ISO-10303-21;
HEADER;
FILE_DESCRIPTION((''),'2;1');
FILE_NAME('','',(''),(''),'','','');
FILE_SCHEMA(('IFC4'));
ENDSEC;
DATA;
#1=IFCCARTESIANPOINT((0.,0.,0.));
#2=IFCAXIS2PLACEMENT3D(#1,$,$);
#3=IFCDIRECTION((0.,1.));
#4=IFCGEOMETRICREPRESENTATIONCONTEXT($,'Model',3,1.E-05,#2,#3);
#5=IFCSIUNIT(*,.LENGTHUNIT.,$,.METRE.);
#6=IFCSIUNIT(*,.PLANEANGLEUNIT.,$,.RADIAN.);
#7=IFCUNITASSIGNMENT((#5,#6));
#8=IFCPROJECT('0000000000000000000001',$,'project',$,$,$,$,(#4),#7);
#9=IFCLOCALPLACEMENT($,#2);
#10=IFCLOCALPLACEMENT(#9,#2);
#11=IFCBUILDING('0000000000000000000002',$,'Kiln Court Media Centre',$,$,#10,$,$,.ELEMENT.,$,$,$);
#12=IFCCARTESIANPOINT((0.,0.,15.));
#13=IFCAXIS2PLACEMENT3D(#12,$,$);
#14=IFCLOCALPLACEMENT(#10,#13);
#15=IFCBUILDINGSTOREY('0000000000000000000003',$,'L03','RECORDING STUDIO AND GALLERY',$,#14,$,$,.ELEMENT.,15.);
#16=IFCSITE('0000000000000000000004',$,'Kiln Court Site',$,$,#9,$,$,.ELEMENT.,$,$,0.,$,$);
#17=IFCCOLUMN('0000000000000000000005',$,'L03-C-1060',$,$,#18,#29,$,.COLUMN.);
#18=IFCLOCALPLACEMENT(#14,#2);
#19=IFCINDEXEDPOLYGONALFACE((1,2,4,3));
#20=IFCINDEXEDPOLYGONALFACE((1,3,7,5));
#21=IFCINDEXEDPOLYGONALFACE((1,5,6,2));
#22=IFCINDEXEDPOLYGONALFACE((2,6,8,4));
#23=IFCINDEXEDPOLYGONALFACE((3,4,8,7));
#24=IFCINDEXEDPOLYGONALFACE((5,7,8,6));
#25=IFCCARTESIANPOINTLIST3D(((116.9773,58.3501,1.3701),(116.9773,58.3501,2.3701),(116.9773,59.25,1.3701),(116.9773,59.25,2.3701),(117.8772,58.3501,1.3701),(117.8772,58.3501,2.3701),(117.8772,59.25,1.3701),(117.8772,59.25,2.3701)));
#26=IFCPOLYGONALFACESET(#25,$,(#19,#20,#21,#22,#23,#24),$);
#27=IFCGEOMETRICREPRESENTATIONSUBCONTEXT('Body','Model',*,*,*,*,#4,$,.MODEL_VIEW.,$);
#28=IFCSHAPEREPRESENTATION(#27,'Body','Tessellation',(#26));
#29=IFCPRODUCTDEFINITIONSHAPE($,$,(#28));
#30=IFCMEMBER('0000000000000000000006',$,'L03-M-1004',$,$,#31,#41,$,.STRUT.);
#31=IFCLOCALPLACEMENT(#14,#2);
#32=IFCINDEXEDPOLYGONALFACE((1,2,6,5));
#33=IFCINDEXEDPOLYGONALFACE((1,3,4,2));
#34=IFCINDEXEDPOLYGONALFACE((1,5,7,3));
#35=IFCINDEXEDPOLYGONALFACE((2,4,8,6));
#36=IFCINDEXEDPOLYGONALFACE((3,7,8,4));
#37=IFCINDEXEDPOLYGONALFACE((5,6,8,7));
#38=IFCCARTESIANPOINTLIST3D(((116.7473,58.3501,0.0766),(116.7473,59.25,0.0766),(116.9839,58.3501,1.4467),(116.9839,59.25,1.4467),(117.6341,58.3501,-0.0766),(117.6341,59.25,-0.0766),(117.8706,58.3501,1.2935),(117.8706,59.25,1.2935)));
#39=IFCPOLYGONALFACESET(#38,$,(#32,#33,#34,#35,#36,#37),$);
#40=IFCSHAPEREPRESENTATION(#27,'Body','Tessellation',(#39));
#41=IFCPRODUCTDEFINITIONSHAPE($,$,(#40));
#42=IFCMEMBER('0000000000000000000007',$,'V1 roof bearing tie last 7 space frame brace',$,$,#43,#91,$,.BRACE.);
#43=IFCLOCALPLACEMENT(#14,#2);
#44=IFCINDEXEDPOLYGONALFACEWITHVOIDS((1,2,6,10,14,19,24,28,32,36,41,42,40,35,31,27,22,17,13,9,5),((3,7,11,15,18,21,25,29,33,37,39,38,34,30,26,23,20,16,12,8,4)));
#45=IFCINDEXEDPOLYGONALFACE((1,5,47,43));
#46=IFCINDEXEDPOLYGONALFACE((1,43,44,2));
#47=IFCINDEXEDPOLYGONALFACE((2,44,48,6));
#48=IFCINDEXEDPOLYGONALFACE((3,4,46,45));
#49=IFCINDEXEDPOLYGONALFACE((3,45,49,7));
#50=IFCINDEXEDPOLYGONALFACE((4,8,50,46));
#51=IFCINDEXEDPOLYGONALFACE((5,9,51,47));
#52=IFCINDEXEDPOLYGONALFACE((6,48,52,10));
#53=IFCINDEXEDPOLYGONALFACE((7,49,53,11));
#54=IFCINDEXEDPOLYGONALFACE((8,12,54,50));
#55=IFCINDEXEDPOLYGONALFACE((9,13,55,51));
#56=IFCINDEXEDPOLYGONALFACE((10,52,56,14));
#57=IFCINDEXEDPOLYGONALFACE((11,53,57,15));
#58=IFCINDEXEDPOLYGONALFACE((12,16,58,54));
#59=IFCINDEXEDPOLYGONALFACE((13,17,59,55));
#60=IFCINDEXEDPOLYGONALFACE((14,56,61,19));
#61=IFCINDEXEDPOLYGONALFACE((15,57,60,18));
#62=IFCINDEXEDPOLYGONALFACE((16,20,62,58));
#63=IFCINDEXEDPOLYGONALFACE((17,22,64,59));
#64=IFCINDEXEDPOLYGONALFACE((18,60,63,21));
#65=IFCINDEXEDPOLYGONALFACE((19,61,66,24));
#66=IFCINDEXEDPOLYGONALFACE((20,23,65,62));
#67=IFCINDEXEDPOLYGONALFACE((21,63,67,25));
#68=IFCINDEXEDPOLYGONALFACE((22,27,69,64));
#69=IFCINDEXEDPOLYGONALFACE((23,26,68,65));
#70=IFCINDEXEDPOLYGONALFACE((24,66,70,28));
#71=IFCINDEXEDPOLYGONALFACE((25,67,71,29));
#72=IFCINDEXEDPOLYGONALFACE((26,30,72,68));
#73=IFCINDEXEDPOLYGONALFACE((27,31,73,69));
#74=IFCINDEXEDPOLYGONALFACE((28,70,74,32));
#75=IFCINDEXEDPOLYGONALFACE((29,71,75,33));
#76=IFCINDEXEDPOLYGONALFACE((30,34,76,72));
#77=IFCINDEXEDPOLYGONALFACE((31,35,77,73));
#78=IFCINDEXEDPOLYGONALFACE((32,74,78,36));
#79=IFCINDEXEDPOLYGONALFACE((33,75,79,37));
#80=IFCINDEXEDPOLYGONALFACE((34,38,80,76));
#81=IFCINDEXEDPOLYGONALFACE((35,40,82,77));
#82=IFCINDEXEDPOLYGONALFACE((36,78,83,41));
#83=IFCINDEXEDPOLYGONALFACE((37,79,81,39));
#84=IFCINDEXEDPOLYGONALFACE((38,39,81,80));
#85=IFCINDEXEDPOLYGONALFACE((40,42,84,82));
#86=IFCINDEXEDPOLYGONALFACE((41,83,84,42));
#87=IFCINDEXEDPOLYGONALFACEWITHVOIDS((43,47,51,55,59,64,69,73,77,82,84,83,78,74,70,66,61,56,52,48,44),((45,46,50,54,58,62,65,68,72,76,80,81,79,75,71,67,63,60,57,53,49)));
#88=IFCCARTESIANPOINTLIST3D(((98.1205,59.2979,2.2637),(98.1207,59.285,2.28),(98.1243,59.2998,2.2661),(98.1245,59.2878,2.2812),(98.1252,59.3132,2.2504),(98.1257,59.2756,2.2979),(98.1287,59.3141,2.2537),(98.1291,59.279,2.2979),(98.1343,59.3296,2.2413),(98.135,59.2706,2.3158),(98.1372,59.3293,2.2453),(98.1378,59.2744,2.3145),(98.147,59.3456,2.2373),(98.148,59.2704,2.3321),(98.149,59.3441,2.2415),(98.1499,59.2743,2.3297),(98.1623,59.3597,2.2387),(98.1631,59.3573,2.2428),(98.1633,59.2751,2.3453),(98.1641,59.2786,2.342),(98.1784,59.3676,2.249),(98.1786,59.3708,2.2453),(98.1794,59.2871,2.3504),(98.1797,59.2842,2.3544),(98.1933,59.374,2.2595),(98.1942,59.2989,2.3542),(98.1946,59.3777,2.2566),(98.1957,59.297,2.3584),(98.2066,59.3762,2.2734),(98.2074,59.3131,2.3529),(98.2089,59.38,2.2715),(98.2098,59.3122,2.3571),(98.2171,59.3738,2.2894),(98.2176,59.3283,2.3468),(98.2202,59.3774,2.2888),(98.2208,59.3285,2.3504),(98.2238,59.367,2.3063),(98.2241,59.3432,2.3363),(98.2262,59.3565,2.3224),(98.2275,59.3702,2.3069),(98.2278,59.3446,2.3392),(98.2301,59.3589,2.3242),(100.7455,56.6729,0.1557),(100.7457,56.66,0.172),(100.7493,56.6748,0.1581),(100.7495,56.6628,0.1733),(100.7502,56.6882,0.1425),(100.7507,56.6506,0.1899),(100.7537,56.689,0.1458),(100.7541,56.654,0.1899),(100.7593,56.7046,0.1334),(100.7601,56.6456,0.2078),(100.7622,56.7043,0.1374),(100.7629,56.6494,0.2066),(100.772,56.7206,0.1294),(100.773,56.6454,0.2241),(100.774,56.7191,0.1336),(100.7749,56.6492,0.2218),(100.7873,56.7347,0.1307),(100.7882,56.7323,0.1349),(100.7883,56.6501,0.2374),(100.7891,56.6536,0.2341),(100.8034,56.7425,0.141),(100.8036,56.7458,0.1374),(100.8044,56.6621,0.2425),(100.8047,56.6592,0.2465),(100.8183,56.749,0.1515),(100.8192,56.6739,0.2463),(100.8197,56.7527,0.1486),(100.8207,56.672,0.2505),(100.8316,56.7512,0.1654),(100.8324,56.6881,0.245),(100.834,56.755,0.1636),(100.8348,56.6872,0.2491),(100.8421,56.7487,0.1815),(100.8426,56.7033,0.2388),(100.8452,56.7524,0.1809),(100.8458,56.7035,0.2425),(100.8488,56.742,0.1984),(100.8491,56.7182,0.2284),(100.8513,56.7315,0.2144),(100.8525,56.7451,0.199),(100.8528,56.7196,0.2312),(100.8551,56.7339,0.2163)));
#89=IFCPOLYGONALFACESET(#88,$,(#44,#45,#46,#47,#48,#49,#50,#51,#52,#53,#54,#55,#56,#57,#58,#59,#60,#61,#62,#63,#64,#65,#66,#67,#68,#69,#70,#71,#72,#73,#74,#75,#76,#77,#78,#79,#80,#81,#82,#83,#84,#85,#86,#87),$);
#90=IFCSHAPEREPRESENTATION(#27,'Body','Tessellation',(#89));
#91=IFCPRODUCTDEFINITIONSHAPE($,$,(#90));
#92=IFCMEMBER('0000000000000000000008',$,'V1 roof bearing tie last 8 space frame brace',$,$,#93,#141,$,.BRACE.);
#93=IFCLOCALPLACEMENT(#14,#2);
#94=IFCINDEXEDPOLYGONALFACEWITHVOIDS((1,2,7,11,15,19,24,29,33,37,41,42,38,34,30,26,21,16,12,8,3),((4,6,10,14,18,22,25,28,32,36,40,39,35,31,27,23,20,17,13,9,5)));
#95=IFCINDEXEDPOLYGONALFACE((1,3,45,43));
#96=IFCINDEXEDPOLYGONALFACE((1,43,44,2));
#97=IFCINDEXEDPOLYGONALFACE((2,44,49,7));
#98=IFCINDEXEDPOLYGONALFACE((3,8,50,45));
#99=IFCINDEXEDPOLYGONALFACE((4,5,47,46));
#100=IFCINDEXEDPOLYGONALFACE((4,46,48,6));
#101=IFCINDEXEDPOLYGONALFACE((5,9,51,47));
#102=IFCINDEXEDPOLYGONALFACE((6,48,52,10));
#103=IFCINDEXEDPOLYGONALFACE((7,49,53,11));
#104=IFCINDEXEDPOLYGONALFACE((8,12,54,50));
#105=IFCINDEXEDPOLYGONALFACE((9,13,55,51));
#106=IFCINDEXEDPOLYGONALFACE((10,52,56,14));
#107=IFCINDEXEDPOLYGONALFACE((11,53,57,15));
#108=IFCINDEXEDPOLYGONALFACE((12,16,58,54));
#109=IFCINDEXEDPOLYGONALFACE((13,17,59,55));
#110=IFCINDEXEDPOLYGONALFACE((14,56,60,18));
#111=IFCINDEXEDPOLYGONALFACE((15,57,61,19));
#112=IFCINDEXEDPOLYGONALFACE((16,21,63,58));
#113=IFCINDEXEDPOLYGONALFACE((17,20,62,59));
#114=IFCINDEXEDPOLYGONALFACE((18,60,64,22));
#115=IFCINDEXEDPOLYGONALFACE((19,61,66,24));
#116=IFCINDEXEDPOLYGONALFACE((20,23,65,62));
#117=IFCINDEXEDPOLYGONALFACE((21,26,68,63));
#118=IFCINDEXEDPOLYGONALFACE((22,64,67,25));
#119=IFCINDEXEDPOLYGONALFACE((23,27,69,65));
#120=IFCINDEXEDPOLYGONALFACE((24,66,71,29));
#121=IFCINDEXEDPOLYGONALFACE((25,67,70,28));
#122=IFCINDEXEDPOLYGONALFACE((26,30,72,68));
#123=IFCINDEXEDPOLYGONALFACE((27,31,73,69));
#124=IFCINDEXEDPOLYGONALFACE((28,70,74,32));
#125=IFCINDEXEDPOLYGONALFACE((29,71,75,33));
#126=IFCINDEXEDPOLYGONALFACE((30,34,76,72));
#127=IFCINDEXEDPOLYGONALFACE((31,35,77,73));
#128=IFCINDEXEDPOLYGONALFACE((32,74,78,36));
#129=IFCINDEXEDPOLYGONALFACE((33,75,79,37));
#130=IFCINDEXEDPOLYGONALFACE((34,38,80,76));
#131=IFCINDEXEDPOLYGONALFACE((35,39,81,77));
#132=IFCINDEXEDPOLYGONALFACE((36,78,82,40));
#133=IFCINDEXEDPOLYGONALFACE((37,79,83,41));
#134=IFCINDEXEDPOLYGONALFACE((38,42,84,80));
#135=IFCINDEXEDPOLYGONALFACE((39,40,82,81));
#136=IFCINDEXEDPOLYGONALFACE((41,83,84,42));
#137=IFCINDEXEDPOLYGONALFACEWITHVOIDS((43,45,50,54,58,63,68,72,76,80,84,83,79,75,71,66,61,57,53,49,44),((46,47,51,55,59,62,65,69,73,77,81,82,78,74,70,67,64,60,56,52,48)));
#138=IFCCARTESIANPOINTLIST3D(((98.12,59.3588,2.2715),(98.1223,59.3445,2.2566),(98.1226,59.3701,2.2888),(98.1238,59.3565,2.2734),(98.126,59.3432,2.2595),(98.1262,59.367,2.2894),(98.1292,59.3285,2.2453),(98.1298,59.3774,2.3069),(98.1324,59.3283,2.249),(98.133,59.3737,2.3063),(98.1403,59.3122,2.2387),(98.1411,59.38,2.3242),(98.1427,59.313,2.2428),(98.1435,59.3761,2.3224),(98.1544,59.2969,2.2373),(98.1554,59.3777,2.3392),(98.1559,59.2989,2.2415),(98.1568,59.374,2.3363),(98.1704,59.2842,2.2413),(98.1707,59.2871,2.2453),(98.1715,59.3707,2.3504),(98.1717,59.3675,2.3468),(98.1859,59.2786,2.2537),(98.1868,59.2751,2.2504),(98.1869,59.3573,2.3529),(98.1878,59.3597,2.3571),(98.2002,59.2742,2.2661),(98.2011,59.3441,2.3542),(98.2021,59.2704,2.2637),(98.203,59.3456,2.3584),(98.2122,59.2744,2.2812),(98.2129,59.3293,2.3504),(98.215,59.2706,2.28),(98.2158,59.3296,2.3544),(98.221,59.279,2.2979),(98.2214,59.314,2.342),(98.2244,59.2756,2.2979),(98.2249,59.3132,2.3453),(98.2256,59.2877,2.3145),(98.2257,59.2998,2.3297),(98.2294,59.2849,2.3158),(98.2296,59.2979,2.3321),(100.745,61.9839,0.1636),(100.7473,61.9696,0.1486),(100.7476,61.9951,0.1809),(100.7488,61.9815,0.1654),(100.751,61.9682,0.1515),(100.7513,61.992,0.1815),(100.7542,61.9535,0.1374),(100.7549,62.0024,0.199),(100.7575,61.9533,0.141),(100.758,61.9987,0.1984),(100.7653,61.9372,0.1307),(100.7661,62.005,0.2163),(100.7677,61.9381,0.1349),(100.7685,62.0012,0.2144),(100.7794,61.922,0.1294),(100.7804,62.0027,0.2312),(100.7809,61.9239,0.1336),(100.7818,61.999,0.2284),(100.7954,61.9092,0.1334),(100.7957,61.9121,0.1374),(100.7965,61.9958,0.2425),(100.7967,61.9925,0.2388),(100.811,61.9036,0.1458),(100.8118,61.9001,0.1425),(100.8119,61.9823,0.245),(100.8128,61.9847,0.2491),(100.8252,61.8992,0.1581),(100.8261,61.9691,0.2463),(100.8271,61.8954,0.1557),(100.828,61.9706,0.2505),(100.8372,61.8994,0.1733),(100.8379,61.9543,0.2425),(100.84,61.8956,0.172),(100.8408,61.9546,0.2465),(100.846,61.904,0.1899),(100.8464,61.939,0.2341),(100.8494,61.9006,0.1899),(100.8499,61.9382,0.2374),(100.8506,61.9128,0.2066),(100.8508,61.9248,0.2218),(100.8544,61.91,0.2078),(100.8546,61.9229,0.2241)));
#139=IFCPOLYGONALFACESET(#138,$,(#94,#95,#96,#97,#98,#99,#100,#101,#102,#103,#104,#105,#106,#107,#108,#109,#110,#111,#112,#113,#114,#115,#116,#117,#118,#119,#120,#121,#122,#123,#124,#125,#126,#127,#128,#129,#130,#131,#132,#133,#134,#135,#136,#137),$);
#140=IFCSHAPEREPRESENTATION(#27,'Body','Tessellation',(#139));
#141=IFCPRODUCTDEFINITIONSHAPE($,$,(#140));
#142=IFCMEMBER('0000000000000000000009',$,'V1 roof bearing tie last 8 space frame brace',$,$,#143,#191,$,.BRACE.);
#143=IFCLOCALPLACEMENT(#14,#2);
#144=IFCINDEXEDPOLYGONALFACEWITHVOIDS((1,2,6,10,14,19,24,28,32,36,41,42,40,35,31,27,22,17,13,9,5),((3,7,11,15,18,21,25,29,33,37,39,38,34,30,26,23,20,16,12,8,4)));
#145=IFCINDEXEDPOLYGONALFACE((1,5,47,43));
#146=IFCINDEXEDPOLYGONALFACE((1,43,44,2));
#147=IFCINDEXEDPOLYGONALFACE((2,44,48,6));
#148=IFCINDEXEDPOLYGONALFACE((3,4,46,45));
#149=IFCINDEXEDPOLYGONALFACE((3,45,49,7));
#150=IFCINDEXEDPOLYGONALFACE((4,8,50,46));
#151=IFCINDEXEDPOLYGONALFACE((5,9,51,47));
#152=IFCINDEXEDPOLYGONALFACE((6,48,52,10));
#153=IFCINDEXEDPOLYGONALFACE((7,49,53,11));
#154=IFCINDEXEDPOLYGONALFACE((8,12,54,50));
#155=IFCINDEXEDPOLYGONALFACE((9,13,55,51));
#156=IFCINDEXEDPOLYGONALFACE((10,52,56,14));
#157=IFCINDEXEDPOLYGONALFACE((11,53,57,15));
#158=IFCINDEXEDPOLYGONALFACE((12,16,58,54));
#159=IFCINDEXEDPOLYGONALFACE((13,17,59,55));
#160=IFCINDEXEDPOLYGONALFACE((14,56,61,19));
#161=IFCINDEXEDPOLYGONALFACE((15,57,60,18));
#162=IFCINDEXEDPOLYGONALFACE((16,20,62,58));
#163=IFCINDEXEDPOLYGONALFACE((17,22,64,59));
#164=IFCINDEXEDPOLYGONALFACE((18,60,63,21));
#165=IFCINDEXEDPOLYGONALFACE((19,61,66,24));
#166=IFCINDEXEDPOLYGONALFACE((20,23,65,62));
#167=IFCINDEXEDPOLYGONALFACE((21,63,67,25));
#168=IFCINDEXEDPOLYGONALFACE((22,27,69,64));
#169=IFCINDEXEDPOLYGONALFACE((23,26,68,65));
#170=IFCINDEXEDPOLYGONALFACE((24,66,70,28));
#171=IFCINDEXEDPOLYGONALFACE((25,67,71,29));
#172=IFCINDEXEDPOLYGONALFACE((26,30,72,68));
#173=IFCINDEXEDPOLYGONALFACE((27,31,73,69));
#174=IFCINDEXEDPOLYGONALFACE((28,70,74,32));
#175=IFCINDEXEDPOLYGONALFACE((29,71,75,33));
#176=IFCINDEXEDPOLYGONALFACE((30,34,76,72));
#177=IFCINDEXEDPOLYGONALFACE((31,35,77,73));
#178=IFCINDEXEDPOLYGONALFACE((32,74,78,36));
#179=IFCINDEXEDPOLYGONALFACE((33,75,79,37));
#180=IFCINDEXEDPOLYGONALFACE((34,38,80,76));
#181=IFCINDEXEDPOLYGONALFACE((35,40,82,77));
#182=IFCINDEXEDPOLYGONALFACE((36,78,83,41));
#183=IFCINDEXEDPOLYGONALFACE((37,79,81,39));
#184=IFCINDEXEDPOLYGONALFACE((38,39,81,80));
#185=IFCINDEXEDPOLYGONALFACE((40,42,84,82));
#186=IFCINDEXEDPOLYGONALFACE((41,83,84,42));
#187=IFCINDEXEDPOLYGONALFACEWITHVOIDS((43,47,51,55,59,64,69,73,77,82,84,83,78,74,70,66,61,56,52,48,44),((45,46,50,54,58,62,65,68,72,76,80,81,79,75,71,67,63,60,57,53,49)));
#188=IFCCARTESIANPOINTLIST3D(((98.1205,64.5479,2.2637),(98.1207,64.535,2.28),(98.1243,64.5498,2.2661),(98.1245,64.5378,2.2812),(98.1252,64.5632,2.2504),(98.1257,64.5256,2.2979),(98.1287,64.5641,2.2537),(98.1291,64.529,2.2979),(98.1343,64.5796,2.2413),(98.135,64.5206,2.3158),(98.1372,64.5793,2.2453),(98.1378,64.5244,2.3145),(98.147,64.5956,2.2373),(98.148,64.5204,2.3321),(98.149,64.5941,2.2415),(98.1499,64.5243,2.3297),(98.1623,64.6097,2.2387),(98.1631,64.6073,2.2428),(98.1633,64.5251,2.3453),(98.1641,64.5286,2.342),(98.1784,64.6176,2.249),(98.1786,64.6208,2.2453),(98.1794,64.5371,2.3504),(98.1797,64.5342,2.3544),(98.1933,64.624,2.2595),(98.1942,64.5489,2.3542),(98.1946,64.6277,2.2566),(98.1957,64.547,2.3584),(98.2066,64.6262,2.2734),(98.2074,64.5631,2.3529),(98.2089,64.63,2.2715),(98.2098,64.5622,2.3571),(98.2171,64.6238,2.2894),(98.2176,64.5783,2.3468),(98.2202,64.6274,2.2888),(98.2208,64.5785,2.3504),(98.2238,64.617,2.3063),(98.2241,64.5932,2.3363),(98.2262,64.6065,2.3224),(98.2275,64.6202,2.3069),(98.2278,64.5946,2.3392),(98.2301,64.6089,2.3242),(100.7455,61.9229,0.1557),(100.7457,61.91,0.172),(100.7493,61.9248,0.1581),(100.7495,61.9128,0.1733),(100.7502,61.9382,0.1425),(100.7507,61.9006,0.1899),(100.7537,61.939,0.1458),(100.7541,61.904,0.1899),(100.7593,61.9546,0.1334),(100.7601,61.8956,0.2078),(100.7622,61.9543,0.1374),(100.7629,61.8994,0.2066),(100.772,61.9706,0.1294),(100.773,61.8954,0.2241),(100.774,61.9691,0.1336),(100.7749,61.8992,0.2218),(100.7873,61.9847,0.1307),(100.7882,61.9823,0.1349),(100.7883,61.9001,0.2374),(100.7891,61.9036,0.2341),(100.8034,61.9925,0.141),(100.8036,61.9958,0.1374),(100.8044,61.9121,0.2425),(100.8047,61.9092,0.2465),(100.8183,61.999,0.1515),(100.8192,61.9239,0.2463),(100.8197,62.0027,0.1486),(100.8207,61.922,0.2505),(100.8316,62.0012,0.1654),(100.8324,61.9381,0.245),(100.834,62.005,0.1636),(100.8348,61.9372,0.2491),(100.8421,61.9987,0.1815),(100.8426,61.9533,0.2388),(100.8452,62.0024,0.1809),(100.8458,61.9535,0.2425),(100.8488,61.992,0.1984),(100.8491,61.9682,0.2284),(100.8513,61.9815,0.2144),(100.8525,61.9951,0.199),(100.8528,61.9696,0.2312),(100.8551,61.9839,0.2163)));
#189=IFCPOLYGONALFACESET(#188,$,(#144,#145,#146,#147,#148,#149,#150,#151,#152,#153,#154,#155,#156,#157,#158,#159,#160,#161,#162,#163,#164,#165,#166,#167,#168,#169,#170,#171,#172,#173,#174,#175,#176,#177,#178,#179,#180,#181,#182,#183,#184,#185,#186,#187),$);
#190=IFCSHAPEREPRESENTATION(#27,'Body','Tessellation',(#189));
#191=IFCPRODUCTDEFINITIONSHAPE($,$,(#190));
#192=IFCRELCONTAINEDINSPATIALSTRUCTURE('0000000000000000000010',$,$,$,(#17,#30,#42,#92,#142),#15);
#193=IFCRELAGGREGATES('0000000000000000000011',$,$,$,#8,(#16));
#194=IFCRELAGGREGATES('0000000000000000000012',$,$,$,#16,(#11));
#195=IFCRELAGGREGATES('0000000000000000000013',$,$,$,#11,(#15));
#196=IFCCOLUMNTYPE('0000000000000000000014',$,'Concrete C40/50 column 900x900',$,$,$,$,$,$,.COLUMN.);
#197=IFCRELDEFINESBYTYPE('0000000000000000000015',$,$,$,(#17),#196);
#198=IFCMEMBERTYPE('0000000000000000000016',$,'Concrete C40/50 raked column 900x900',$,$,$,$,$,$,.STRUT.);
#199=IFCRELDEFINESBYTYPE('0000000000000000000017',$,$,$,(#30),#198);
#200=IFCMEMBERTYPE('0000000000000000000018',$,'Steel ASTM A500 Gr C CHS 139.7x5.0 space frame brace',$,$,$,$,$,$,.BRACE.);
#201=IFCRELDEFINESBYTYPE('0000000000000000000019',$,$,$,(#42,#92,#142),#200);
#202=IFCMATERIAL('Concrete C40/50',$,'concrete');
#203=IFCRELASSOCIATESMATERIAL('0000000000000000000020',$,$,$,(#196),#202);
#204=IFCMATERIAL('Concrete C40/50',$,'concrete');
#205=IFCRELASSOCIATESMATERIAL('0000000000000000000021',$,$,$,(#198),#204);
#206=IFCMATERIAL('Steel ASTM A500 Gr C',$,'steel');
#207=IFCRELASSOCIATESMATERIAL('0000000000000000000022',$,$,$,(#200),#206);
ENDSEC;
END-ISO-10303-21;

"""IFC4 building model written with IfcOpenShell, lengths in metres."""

from ifc_helpers import new_model, si_unit, direction, frame, origin, origin_2d, place, context, subcontext, project, spatial, rectangle, hollow_circle, extrude, material, material_profile, profile_set, type_object, element, save


model = new_model("IFC4")

# Units and contexts
model_context = context("Model", 3, precision=1e-05, world=origin(), true_north=direction((0.0, 1.0)))
body_context = subcontext(model_context, "Body", "Model", "MODEL_VIEW")
ifc_project = project(units=[si_unit("LENGTHUNIT", "METRE"), si_unit("PLANEANGLEUNIT", "RADIAN")], contexts=[model_context])

# Site, building, storey
site_placement = place(None, origin())
site = spatial("IfcSite", under=ifc_project, at=site_placement, Name="Kiln Court Site", CompositionType="ELEMENT", RefElevation=0.0)
building_placement = place(site_placement, origin())
building = spatial("IfcBuilding", under=site, at=building_placement, Name="Kiln Court Media Centre", CompositionType="ELEMENT")
storey_placement = place(building_placement, frame((0.0, 0.0, 15.0)))
storey = spatial("IfcBuildingStorey", under=building, at=storey_placement, Name="L03", Description="RECORDING STUDIO AND GALLERY", CompositionType="ELEMENT", Elevation=15.0)

# Column
ifc_material_1 = material(Name="Concrete C40/50", Category="concrete")
ifc_material_profile_1 = material_profile(ifc_material_1, rectangle(XDim=0.8999, YDim=0.8999, at=origin_2d()), Name="RC 900x900")
ifc_profile_set_1 = profile_set([ifc_material_profile_1], Name="Concrete C40/50")
column_type = type_object("IfcColumnType", Name="Concrete C40/50 column 900x900", PredefinedType="COLUMN", material=ifc_profile_set_1)
column_placement = place(storey_placement, frame((117.4272, 58.8, 1.3701), z_axis=(0.0, 0.0, 1.0), x_axis=(1.0, 0.0, 0.0)))
element("IfcColumn", 1, at=column_placement, inside=storey, type_object=column_type, Name="L03-C-1060", PredefinedType="COLUMN", context=body_context, shape_type="SweptSolid", body=[
    extrude(rectangle(XDim=0.8999, YDim=0.8999, at=origin_2d()), origin(), (0.0, 0.0, 1.0), 1.0),
])

# Members
ifc_material_2 = material(Name="Concrete C40/50", Category="concrete")
ifc_material_profile_2 = material_profile(ifc_material_2, rectangle(XDim=0.8999, YDim=0.8999, at=origin_2d()), Name="RC 900x900")
ifc_profile_set_2 = profile_set([ifc_material_profile_2], Name="Concrete C40/50")
member_type_1 = type_object("IfcMemberType", Name="Concrete C40/50 raked column 900x900", PredefinedType="STRUT", material=ifc_profile_set_2)
member_placement = place(storey_placement, frame((117.1907, 58.8, 0.0), z_axis=(0.170148, 0.0, 0.985419), x_axis=(0.0, 1.0, 0.0)))
element("IfcMember", 2, at=member_placement, inside=storey, type_object=member_type_1, Name="L03-M-1004", PredefinedType="STRUT", context=body_context, shape_type="SweptSolid", body=[
    extrude(rectangle(XDim=0.8999, YDim=0.8999, at=origin_2d()), origin(), (0.0, 0.0, 1.0), 1.3904),
])
ifc_material_3 = material(Name="Steel ASTM A500 Gr C", Category="steel")
ifc_material_profile_3 = material_profile(ifc_material_3, hollow_circle(Radius=0.0698, WallThickness=0.0049, at=origin_2d()), Name="CHS 139.7x5.0")
ifc_profile_set_3 = profile_set([ifc_material_profile_3], Name="Steel ASTM A500 Gr C")
member_type_2 = type_object("IfcMemberType", Name="Steel ASTM A500 Gr C CHS 139.7x5.0 space frame brace", PredefinedType="BRACE", material=ifc_profile_set_3)
for number, where, z_axis, x_axis, name in (
    (3, (100.8, 56.7, 0.1899), (-0.614895, 0.614895, 0.493769), (-0.707107, -0.707107, 0.0), "V1 roof bearing tie last 7 space frame brace"),
    (4, (100.8, 61.95, 0.1899), (-0.614895, -0.614895, 0.493769), (0.707107, -0.707107, 0.0), "V1 roof bearing tie last 8 space frame brace"),
    (5, (100.8, 61.95, 0.1899), (-0.614895, 0.614895, 0.493769), (-0.707107, -0.707107, 0.0), "V1 roof bearing tie last 8 space frame brace"),
):
    element("IfcMember", number, at=place(storey_placement, frame(where, z_axis=z_axis, x_axis=x_axis)), inside=storey, type_object=member_type_2, Name=name, PredefinedType="BRACE", context=body_context, shape_type="SweptSolid", body=[
        extrude(hollow_circle(Radius=0.0698, WallThickness=0.0049, at=origin_2d()), origin(), (0.0, 0.0, 1.0), 4.269),
    ])

save(model, "model.ifc")
